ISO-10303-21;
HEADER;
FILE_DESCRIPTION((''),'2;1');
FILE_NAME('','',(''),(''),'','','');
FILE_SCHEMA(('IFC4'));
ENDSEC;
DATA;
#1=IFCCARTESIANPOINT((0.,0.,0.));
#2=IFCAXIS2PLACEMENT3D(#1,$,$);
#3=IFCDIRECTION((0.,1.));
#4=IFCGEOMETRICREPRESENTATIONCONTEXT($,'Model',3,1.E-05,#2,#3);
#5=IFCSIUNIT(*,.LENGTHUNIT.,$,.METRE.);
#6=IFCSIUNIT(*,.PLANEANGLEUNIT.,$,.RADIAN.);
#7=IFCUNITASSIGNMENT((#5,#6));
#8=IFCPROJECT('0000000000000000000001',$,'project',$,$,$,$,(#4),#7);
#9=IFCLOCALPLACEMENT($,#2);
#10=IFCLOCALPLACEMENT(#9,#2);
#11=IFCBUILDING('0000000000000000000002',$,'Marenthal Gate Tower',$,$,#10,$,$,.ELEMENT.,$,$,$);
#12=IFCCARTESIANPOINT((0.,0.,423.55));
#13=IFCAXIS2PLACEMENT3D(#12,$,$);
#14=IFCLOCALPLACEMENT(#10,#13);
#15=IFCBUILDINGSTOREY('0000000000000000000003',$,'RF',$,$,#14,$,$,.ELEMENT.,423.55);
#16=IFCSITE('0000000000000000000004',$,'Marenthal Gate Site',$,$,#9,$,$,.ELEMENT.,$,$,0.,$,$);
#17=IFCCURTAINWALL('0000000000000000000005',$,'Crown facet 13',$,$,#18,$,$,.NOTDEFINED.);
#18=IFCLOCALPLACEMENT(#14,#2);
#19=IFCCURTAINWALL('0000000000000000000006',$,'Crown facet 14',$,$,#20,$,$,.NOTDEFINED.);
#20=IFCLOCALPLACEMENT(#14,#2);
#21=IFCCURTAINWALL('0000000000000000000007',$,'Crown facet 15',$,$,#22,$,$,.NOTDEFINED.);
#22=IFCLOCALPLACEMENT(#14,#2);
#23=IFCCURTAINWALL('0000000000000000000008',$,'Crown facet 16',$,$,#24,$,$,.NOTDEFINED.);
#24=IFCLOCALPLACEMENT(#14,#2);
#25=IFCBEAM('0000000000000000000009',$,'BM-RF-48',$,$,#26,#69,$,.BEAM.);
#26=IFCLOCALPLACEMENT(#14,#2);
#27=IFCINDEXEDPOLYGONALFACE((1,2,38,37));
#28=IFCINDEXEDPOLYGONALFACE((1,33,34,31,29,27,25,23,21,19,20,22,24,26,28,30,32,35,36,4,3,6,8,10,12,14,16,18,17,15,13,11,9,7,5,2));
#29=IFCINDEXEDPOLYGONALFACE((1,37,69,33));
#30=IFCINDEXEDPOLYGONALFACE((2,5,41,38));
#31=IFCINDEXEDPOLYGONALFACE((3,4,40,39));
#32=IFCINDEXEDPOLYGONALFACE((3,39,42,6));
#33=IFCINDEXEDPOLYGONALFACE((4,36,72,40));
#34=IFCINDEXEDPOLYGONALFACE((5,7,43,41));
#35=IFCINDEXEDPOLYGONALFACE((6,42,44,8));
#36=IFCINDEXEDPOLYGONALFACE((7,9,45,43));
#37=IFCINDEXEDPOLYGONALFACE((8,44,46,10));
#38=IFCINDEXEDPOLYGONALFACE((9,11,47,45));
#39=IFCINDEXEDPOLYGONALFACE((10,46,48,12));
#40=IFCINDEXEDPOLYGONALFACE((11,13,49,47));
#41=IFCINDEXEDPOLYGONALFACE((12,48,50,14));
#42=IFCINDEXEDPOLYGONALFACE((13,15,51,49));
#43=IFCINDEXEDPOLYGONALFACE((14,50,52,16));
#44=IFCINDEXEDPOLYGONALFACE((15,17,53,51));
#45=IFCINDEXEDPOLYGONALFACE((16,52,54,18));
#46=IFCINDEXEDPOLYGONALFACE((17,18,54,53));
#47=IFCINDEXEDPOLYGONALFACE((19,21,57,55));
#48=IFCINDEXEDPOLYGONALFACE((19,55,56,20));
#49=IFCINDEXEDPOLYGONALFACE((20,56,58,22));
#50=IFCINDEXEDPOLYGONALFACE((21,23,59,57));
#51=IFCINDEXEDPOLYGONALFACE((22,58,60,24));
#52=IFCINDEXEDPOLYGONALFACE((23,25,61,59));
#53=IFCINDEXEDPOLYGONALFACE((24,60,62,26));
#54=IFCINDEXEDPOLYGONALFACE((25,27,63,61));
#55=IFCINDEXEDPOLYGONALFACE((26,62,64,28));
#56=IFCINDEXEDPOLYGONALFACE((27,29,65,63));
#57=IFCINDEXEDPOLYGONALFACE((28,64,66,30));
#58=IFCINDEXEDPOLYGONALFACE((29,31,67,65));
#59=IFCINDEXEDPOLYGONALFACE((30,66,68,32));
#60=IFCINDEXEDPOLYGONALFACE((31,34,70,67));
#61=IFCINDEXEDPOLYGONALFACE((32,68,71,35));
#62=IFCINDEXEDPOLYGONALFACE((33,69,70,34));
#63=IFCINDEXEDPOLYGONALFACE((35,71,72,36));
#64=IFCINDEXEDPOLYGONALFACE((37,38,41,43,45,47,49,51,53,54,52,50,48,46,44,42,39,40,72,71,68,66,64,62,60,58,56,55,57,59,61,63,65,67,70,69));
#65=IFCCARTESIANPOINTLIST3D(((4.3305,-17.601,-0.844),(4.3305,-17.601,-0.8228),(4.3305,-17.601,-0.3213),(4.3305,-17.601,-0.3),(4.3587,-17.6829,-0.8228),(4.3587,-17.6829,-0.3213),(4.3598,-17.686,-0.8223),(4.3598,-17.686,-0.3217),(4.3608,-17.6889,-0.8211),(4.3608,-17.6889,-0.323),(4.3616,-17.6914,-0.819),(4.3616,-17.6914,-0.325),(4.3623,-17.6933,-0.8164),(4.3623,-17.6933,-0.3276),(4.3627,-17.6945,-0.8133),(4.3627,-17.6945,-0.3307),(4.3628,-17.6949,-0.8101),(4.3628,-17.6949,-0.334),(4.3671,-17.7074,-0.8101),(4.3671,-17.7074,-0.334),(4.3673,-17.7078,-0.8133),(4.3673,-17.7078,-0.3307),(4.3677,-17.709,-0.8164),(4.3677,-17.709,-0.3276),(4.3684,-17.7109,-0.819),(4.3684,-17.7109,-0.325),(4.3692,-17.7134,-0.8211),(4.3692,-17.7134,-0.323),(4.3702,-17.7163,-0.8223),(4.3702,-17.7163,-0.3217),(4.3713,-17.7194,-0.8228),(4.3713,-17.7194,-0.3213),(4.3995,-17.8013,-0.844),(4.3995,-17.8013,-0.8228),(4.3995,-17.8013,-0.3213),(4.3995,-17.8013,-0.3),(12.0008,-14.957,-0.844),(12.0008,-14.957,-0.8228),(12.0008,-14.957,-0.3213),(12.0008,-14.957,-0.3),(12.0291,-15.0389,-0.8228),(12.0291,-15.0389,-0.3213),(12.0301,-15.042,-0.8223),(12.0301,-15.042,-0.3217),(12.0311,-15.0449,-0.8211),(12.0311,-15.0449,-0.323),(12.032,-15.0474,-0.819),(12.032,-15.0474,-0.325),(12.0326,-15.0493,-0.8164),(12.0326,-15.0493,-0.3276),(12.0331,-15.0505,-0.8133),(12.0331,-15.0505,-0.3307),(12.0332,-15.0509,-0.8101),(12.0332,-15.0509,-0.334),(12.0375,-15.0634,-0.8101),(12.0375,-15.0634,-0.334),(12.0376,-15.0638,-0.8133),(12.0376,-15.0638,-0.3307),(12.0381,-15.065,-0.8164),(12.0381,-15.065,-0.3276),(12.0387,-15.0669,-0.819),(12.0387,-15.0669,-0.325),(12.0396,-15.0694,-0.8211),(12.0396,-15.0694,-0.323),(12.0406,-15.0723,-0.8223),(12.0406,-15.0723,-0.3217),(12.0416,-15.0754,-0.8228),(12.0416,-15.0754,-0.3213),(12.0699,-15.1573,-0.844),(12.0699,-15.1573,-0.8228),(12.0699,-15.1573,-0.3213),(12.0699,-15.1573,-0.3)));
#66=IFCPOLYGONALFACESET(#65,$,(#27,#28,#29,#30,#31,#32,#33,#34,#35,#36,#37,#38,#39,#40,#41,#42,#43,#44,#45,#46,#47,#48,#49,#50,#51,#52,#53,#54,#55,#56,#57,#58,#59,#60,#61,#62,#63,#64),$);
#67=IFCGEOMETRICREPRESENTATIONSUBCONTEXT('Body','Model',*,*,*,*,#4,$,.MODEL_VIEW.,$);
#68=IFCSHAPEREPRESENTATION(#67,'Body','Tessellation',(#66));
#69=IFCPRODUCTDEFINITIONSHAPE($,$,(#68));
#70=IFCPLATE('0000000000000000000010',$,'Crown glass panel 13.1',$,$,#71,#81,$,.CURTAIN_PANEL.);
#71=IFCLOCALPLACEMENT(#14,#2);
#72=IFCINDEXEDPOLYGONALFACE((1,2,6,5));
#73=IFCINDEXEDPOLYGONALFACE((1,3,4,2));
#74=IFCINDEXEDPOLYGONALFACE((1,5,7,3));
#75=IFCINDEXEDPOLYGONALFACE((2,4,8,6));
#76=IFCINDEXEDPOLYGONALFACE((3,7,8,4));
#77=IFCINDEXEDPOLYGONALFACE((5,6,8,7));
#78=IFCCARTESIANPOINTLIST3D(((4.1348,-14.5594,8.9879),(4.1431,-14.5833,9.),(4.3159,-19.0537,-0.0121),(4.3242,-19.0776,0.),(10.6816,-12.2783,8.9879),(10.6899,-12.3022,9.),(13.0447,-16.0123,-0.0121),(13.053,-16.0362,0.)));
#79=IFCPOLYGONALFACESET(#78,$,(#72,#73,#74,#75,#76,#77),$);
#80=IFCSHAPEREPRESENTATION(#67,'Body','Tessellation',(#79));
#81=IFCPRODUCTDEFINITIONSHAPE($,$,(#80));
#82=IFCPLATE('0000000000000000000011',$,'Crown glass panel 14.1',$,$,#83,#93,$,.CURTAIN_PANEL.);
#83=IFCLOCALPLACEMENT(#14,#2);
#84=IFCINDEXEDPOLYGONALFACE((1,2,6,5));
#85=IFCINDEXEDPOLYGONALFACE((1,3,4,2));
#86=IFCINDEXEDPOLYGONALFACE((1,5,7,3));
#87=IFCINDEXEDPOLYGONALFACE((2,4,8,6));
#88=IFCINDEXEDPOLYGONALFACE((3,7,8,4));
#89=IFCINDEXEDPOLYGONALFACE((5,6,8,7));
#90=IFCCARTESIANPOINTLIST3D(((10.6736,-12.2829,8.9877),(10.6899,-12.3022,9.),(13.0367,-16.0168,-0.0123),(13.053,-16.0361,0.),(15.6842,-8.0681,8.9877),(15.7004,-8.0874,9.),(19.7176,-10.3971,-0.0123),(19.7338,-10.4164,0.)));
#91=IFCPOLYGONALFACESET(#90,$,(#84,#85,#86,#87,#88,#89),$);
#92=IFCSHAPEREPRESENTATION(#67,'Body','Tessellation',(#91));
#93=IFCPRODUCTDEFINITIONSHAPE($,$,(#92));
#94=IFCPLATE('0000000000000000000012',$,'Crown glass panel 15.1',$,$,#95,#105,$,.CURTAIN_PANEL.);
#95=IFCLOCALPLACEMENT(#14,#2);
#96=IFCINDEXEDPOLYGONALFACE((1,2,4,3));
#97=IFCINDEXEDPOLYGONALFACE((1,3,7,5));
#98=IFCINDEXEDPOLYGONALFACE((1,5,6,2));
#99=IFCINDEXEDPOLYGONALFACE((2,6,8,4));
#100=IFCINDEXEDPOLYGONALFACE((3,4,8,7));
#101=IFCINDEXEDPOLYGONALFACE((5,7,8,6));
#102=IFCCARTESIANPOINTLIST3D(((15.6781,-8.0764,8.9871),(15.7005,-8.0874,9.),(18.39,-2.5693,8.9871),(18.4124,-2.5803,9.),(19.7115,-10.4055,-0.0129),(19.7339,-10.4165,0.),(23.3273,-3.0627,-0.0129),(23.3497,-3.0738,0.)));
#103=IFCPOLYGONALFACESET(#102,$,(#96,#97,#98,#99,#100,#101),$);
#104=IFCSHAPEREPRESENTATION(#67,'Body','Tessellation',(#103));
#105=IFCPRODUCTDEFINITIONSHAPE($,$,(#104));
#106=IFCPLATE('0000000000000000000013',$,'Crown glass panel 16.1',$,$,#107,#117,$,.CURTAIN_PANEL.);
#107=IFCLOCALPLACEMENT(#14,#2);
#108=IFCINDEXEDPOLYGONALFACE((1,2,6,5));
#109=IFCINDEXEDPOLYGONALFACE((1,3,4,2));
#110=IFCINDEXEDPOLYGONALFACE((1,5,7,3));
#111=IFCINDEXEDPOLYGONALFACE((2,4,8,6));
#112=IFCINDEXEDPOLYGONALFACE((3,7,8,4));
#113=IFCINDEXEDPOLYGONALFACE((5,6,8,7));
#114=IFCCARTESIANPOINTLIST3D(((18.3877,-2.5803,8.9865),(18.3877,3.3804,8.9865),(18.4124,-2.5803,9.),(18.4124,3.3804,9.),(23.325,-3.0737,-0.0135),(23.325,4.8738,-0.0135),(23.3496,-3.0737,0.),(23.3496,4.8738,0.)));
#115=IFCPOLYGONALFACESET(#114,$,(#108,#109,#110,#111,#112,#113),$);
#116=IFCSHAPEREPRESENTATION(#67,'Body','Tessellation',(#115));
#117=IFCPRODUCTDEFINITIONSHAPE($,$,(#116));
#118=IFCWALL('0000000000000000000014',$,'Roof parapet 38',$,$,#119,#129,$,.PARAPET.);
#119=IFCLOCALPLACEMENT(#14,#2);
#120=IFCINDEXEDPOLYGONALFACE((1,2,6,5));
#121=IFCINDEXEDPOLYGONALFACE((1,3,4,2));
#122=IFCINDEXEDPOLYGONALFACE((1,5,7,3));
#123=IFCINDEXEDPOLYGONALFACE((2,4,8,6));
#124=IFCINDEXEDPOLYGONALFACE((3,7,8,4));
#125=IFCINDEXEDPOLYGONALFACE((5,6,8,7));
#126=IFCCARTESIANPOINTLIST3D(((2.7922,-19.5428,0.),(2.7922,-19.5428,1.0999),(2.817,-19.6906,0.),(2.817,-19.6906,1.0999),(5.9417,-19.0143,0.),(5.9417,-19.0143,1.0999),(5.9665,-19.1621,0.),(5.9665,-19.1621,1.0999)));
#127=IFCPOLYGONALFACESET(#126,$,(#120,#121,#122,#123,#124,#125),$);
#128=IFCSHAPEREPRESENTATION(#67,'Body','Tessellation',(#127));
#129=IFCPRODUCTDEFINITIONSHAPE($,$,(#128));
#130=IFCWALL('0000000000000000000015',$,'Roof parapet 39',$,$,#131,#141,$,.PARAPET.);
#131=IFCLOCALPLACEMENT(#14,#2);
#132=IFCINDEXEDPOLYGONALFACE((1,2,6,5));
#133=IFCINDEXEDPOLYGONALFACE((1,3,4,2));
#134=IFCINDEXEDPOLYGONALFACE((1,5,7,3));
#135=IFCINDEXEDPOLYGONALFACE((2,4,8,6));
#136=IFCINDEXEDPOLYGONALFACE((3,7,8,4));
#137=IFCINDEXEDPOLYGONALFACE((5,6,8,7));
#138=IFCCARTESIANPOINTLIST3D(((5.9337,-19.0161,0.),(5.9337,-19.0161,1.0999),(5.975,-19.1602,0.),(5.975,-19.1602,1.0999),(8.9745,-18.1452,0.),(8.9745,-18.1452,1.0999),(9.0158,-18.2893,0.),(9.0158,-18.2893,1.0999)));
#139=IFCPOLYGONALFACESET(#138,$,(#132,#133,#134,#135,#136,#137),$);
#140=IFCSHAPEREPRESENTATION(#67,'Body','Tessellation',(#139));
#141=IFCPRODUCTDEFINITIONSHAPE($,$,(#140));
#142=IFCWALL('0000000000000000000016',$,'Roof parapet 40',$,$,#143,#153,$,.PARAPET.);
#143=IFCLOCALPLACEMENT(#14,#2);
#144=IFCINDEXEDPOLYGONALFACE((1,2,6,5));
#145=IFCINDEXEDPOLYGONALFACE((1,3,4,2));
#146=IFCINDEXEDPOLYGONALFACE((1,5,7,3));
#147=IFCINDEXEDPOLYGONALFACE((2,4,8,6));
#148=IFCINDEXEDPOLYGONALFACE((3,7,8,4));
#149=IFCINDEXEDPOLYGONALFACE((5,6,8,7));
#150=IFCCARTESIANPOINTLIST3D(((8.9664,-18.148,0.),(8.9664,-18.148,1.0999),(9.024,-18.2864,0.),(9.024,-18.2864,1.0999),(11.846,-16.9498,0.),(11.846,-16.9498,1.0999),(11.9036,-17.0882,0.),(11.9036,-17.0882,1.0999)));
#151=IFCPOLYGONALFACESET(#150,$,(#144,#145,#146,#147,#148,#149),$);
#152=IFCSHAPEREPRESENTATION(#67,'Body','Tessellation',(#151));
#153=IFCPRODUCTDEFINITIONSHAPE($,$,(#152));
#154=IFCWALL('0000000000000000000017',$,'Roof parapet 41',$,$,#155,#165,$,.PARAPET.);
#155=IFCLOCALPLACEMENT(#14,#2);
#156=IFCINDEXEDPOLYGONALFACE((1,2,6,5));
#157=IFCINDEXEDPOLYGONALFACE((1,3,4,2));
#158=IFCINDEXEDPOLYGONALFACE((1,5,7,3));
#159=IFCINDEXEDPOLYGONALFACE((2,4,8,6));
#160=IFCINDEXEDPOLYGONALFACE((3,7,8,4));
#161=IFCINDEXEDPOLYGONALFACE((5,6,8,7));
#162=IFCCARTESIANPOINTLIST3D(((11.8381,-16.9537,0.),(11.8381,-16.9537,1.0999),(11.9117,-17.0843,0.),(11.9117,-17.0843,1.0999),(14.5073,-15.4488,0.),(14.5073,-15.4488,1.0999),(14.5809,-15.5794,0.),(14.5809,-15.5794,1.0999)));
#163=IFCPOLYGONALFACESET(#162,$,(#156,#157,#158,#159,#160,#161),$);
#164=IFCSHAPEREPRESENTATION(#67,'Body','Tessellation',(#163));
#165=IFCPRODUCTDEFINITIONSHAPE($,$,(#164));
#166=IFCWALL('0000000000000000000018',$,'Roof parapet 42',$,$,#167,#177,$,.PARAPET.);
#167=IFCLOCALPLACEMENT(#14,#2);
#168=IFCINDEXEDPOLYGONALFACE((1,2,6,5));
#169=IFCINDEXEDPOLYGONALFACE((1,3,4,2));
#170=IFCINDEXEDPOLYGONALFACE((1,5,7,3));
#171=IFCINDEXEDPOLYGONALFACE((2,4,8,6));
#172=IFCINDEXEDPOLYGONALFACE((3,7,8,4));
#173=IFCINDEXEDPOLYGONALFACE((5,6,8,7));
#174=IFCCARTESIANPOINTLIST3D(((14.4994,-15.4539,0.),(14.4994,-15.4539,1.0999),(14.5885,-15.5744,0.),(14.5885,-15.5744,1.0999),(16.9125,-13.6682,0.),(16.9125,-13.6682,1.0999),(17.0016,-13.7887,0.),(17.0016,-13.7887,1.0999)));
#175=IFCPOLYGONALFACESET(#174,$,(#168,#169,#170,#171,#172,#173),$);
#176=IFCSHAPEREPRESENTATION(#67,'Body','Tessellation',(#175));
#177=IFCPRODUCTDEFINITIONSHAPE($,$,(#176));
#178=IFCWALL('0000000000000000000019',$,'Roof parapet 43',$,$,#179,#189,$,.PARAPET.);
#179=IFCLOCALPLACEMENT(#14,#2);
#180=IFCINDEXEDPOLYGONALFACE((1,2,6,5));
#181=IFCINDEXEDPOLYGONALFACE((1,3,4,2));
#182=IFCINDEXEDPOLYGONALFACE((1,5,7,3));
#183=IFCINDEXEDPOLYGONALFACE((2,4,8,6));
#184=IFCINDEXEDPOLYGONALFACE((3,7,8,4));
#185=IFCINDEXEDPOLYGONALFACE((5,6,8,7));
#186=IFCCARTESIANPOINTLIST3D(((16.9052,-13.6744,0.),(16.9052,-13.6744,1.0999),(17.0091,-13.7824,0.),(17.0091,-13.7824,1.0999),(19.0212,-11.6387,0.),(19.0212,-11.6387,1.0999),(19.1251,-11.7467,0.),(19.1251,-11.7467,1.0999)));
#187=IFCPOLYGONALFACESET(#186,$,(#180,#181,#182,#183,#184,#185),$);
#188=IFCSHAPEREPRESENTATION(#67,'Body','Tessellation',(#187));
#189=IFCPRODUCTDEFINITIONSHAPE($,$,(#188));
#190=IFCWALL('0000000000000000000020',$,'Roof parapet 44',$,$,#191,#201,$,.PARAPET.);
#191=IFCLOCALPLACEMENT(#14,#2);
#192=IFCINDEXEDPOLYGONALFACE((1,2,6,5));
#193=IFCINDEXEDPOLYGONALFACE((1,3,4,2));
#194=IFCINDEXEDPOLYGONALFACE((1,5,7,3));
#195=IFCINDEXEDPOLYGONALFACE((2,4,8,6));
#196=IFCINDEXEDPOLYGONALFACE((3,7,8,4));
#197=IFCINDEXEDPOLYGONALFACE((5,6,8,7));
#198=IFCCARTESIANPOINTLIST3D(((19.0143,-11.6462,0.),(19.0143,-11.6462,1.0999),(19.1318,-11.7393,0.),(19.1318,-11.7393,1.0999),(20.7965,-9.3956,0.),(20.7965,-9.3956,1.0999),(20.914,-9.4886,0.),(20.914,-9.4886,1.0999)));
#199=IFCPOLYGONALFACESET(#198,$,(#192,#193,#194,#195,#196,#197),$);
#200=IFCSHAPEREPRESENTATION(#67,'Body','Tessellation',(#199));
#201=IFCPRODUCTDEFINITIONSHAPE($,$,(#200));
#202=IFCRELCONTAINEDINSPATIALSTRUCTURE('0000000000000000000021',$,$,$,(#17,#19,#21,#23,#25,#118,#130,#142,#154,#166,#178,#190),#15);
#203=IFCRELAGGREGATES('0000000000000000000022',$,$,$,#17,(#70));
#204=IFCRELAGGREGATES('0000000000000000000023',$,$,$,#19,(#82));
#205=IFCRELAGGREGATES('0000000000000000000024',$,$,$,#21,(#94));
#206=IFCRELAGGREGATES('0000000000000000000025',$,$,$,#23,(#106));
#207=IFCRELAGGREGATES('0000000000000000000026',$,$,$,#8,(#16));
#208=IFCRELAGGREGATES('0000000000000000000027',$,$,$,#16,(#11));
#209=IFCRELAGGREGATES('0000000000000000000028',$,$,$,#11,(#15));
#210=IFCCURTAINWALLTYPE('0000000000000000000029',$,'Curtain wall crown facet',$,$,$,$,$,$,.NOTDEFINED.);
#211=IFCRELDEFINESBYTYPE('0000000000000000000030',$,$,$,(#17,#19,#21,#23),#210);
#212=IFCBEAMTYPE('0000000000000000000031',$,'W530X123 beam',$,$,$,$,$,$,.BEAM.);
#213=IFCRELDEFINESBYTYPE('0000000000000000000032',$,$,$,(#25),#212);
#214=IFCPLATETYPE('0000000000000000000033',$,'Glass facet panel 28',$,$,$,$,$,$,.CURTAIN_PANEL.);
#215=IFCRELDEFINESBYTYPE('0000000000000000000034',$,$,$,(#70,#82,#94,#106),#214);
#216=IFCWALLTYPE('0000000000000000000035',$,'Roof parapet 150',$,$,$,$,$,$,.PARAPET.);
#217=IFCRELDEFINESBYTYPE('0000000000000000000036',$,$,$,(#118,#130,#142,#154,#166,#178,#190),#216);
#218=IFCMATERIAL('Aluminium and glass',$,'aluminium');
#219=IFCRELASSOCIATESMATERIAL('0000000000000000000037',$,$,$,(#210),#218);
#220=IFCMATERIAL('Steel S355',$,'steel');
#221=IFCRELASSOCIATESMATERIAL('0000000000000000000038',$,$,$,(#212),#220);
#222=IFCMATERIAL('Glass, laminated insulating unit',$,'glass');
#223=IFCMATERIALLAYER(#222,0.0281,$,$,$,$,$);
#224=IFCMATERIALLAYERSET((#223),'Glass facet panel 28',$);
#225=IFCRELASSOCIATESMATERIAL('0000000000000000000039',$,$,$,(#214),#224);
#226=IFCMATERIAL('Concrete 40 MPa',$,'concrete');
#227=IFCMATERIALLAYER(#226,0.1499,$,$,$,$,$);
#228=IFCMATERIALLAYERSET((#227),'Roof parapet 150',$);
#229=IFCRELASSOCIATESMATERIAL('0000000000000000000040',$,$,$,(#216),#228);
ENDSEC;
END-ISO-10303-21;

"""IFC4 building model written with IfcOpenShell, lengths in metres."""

from ifc_helpers import new_model, si_unit, direction, frame, frame_2d, origin, origin_2d, place, context, subcontext, project, spatial, polyline, rectangle, i_section, outline, extrude, material, layer, layer_set, material_profile, profile_set, type_object, element, aggregate, save


model = new_model("IFC4")

# Units and contexts
model_context = context("Model", 3, precision=1e-05, world=origin(), true_north=direction((0.0, 1.0)))
body_context = subcontext(model_context, "Body", "Model", "MODEL_VIEW")
ifc_project = project(units=[si_unit("LENGTHUNIT", "METRE"), si_unit("PLANEANGLEUNIT", "RADIAN")], contexts=[model_context])

# Site, building, storey
site_placement = place(None, origin())
site = spatial("IfcSite", under=ifc_project, at=site_placement, Name="Marenthal Gate Site", CompositionType="ELEMENT", RefElevation=0.0)
building_placement = place(site_placement, origin())
building = spatial("IfcBuilding", under=site, at=building_placement, Name="Marenthal Gate Tower", CompositionType="ELEMENT")
storey_placement = place(building_placement, frame((0.0, 0.0, 423.55)))
storey = spatial("IfcBuildingStorey", under=building, at=storey_placement, Name="RF", CompositionType="ELEMENT", Elevation=423.55)

# Curtain walls
ifc_material_1 = material(Name="Aluminium and glass", Category="aluminium")
curtain_wall_type = type_object("IfcCurtainWallType", Name="Curtain wall crown facet", PredefinedType="NOTDEFINED", material=ifc_material_1)
curtain_wall_1_placement = place(storey_placement, origin())
curtain_wall_1 = element("IfcCurtainWall", 1, at=curtain_wall_1_placement, inside=storey, type_object=curtain_wall_type, Name="Crown facet 13", PredefinedType="NOTDEFINED")
curtain_wall_2_placement = place(storey_placement, origin())
curtain_wall_2 = element("IfcCurtainWall", 2, at=curtain_wall_2_placement, inside=storey, type_object=curtain_wall_type, Name="Crown facet 14", PredefinedType="NOTDEFINED")
curtain_wall_3_placement = place(storey_placement, origin())
curtain_wall_3 = element("IfcCurtainWall", 3, at=curtain_wall_3_placement, inside=storey, type_object=curtain_wall_type, Name="Crown facet 15", PredefinedType="NOTDEFINED")

# Curtain wall
curtain_wall_4_placement = place(storey_placement, origin())
curtain_wall_4 = element("IfcCurtainWall", 4, at=curtain_wall_4_placement, inside=storey, type_object=curtain_wall_type, Name="Crown facet 16", PredefinedType="NOTDEFINED")

# Beam
ifc_material_2 = material(Name="Steel S355", Category="steel")
ifc_material_profile_1 = material_profile(ifc_material_2, i_section(OverallWidth=0.2119, OverallDepth=0.5439, WebThickness=0.0132, FlangeThickness=0.0212, FilletRadius=0.0127, at=origin_2d()), Name="W530X123")
ifc_profile_set_1 = profile_set([ifc_material_profile_1], Name="Steel S355")
beam_type_1 = type_object("IfcBeamType", Name="W530X123 beam", PredefinedType="BEAM", material=ifc_profile_set_1)
beam_1_placement = place(storey_placement, frame((4.365, -17.7012, -0.572), z_axis=(0.945408, 0.325889, 0.0), x_axis=(-0.325889, 0.945408, 0.0)))
element("IfcBeam", 5, at=beam_1_placement, inside=storey, type_object=beam_type_1, Name="BM-RF-48", PredefinedType="BEAM", context=body_context, shape_type="SweptSolid", body=[
    extrude(i_section(OverallWidth=0.2119, OverallDepth=0.5439, WebThickness=0.0132, FlangeThickness=0.0212, FilletRadius=0.0127, at=origin_2d()), origin(), (0.0, 0.0, 1.0), 8.1133),
])

# Plates
ifc_material_3 = material(Name="Glass, laminated insulating unit", Category="glass")
ifc_layer_1 = layer(ifc_material_3, 0.0281)
ifc_layer_set_1 = layer_set([ifc_layer_1], Name="Glass facet panel 28")
plate_type = type_object("IfcPlateType", Name="Glass facet panel 28", PredefinedType="CURTAIN_PANEL", material=ifc_layer_set_1)
plate_1_placement = place(storey_placement, frame((4.3242, -19.0776, 0.0), z_axis=(0.296839, -0.85193, 0.431396), x_axis=(0.944318, 0.329033, 0.000005)))
plate_1 = element("IfcPlate", 6, at=plate_1_placement, type_object=plate_type, Name="Crown glass panel 13.1", PredefinedType="CURTAIN_PANEL", context=body_context, shape_type="SweptSolid", body=[
    extrude(outline(polyline([(0.0, 0.0), (9.2435, 0.0), (8.2406, 9.976), (1.3078, 9.9761), (0.0, 0.0)])), origin(), (0.0, 0.0, -1.0), 0.0281),
])
aggregate(curtain_wall_1, [plate_1])
plate_2_placement = place(storey_placement, frame((13.053, -16.0361, 0.0), z_axis=(0.578846, -0.688143, 0.437488), x_axis=(0.765265, 0.643715, -0.000005)))
plate_2 = element("IfcPlate", 7, at=plate_2_placement, type_object=plate_type, Name="Crown glass panel 14.1", PredefinedType="CURTAIN_PANEL", context=body_context, shape_type="SweptSolid", body=[
    extrude(outline(polyline([(0.0, 0.0), (8.7301, 0.0), (7.1427, 10.0087), (0.5952, 10.0086), (0.0, 0.0)])), origin(), (0.0, 0.0, -1.0), 0.0281),
])
aggregate(curtain_wall_2, [plate_2])
plate_3_placement = place(storey_placement, frame((19.7339, -10.4165, 0.0), z_axis=(0.797126, -0.392528, 0.458816), x_axis=(0.44177, 0.897128, 0.000003)))
plate_3 = element("IfcPlate", 8, at=plate_3_placement, type_object=plate_type, Name="Crown glass panel 15.1", PredefinedType="CURTAIN_PANEL", context=body_context, shape_type="SweptSolid", body=[
    extrude(outline(polyline([(0.0, 0.0), (8.1847, 0.0), (6.4463, 10.1291), (0.3077, 10.1291), (0.0, 0.0)])), origin(), (0.0, 0.0, -1.0), 0.0281),
])
aggregate(curtain_wall_3, [plate_3])
plate_4_placement = place(storey_placement, frame((23.3496, -3.0737, 0.0), z_axis=(0.87674, 0.0, 0.480965), x_axis=(0.0, 1.0, 0.0)))
plate_4 = element("IfcPlate", 9, at=plate_4_placement, type_object=plate_type, Name="Crown glass panel 16.1", PredefinedType="CURTAIN_PANEL", context=body_context, shape_type="SweptSolid", body=[
    extrude(outline(polyline([(0.0, 0.0), (7.9475, 0.0), (6.4541, 10.2653), (0.4934, 10.2653), (0.0, 0.0)])), origin(), (0.0, 0.0, -1.0), 0.0281),
])
aggregate(curtain_wall_4, [plate_4])

# Walls
ifc_material_4 = material(Name="Concrete 40 MPa", Category="concrete")
ifc_layer_2 = layer(ifc_material_4, 0.1499)
ifc_layer_set_2 = layer_set([ifc_layer_2], Name="Roof parapet 150")
wall_type = type_object("IfcWallType", Name="Roof parapet 150", PredefinedType="PARAPET", material=ifc_layer_set_2)
wall_1_placement = place(storey_placement, frame((2.8047, -19.6167, 0.0), z_axis=(0.0, 0.0, 1.0), x_axis=(0.986209, 0.165502, 0.0)))
element("IfcWall", 10, at=wall_1_placement, inside=storey, type_object=wall_type, Name="Roof parapet 38", PredefinedType="PARAPET", context=body_context, shape_type="SweptSolid", body=[
    extrude(rectangle(XDim=3.1936, YDim=0.1499, at=frame_2d((1.5967, 0.0))), origin(), (0.0, 0.0, 1.0), 1.0999),
])
wall_2_placement = place(storey_placement, frame((5.9543, -19.0881, 0.0), z_axis=(0.0, 0.0, 1.0), x_axis=(0.961352, 0.275323, 0.0)))
element("IfcWall", 11, at=wall_2_placement, inside=storey, type_object=wall_type, Name="Roof parapet 39", PredefinedType="PARAPET", context=body_context, shape_type="SweptSolid", body=[
    extrude(rectangle(XDim=3.1631, YDim=0.1499, at=frame_2d((1.5815, 0.0))), origin(), (0.0, 0.0, 1.0), 1.0999),
])
wall_3_placement = place(storey_placement, frame((8.9951, -18.2173, 0.0), z_axis=(0.0, 0.0, 1.0), x_axis=(0.92326, 0.384176, 0.0)))
element("IfcWall", 12, at=wall_3_placement, inside=storey, type_object=wall_type, Name="Roof parapet 40", PredefinedType="PARAPET", context=body_context, shape_type="SweptSolid", body=[
    extrude(rectangle(XDim=3.1189, YDim=0.1499, at=frame_2d((1.5596, 0.0))), origin(), (0.0, 0.0, 1.0), 1.0999),
])
wall_4_placement = place(storey_placement, frame((11.8748, -17.019, 0.0), z_axis=(0.0, 0.0, 1.0), x_axis=(0.871092, 0.49112, 0.0)))
element("IfcWall", 13, at=wall_4_placement, inside=storey, type_object=wall_type, Name="Roof parapet 41", PredefinedType="PARAPET", context=body_context, shape_type="SweptSolid", body=[
    extrude(rectangle(XDim=3.0642, YDim=0.1499, at=frame_2d((1.5322, 0.0))), origin(), (0.0, 0.0, 1.0), 1.0999),
])
wall_5_placement = place(storey_placement, frame((14.5439, -15.5142, 0.0), z_axis=(0.0, 0.0, 1.0), x_axis=(0.803848, 0.594835, 0.0)))
element("IfcWall", 14, at=wall_5_placement, inside=storey, type_object=wall_type, Name="Roof parapet 42", PredefinedType="PARAPET", context=body_context, shape_type="SweptSolid", body=[
    extrude(rectangle(XDim=3.002, YDim=0.1499, at=frame_2d((1.501, 0.0))), origin(), (0.0, 0.0, 1.0), 1.0999),
])
wall_6_placement = place(storey_placement, frame((16.957, -13.7285, 0.0), z_axis=(0.0, 0.0, 1.0), x_axis=(0.720652, 0.693296, 0.0)))
element("IfcWall", 15, at=wall_6_placement, inside=storey, type_object=wall_type, Name="Roof parapet 43", PredefinedType="PARAPET", context=body_context, shape_type="SweptSolid", body=[
    extrude(rectangle(XDim=2.9363, YDim=0.1499, at=frame_2d((1.4683, 0.0))), origin(), (0.0, 0.0, 1.0), 1.0999),
])
wall_7_placement = place(storey_placement, frame((19.073, -11.6929, 0.0), z_axis=(0.0, 0.0, 1.0), x_axis=(0.620788, 0.783979, 0.0)))
element("IfcWall", 16, at=wall_7_placement, inside=storey, type_object=wall_type, Name="Roof parapet 44", PredefinedType="PARAPET", context=body_context, shape_type="SweptSolid", body=[
    extrude(rectangle(XDim=2.8708, YDim=0.1499, at=frame_2d((1.4355, 0.0))), origin(), (0.0, 0.0, 1.0), 1.0999),
])

save(model, "model.ifc")
